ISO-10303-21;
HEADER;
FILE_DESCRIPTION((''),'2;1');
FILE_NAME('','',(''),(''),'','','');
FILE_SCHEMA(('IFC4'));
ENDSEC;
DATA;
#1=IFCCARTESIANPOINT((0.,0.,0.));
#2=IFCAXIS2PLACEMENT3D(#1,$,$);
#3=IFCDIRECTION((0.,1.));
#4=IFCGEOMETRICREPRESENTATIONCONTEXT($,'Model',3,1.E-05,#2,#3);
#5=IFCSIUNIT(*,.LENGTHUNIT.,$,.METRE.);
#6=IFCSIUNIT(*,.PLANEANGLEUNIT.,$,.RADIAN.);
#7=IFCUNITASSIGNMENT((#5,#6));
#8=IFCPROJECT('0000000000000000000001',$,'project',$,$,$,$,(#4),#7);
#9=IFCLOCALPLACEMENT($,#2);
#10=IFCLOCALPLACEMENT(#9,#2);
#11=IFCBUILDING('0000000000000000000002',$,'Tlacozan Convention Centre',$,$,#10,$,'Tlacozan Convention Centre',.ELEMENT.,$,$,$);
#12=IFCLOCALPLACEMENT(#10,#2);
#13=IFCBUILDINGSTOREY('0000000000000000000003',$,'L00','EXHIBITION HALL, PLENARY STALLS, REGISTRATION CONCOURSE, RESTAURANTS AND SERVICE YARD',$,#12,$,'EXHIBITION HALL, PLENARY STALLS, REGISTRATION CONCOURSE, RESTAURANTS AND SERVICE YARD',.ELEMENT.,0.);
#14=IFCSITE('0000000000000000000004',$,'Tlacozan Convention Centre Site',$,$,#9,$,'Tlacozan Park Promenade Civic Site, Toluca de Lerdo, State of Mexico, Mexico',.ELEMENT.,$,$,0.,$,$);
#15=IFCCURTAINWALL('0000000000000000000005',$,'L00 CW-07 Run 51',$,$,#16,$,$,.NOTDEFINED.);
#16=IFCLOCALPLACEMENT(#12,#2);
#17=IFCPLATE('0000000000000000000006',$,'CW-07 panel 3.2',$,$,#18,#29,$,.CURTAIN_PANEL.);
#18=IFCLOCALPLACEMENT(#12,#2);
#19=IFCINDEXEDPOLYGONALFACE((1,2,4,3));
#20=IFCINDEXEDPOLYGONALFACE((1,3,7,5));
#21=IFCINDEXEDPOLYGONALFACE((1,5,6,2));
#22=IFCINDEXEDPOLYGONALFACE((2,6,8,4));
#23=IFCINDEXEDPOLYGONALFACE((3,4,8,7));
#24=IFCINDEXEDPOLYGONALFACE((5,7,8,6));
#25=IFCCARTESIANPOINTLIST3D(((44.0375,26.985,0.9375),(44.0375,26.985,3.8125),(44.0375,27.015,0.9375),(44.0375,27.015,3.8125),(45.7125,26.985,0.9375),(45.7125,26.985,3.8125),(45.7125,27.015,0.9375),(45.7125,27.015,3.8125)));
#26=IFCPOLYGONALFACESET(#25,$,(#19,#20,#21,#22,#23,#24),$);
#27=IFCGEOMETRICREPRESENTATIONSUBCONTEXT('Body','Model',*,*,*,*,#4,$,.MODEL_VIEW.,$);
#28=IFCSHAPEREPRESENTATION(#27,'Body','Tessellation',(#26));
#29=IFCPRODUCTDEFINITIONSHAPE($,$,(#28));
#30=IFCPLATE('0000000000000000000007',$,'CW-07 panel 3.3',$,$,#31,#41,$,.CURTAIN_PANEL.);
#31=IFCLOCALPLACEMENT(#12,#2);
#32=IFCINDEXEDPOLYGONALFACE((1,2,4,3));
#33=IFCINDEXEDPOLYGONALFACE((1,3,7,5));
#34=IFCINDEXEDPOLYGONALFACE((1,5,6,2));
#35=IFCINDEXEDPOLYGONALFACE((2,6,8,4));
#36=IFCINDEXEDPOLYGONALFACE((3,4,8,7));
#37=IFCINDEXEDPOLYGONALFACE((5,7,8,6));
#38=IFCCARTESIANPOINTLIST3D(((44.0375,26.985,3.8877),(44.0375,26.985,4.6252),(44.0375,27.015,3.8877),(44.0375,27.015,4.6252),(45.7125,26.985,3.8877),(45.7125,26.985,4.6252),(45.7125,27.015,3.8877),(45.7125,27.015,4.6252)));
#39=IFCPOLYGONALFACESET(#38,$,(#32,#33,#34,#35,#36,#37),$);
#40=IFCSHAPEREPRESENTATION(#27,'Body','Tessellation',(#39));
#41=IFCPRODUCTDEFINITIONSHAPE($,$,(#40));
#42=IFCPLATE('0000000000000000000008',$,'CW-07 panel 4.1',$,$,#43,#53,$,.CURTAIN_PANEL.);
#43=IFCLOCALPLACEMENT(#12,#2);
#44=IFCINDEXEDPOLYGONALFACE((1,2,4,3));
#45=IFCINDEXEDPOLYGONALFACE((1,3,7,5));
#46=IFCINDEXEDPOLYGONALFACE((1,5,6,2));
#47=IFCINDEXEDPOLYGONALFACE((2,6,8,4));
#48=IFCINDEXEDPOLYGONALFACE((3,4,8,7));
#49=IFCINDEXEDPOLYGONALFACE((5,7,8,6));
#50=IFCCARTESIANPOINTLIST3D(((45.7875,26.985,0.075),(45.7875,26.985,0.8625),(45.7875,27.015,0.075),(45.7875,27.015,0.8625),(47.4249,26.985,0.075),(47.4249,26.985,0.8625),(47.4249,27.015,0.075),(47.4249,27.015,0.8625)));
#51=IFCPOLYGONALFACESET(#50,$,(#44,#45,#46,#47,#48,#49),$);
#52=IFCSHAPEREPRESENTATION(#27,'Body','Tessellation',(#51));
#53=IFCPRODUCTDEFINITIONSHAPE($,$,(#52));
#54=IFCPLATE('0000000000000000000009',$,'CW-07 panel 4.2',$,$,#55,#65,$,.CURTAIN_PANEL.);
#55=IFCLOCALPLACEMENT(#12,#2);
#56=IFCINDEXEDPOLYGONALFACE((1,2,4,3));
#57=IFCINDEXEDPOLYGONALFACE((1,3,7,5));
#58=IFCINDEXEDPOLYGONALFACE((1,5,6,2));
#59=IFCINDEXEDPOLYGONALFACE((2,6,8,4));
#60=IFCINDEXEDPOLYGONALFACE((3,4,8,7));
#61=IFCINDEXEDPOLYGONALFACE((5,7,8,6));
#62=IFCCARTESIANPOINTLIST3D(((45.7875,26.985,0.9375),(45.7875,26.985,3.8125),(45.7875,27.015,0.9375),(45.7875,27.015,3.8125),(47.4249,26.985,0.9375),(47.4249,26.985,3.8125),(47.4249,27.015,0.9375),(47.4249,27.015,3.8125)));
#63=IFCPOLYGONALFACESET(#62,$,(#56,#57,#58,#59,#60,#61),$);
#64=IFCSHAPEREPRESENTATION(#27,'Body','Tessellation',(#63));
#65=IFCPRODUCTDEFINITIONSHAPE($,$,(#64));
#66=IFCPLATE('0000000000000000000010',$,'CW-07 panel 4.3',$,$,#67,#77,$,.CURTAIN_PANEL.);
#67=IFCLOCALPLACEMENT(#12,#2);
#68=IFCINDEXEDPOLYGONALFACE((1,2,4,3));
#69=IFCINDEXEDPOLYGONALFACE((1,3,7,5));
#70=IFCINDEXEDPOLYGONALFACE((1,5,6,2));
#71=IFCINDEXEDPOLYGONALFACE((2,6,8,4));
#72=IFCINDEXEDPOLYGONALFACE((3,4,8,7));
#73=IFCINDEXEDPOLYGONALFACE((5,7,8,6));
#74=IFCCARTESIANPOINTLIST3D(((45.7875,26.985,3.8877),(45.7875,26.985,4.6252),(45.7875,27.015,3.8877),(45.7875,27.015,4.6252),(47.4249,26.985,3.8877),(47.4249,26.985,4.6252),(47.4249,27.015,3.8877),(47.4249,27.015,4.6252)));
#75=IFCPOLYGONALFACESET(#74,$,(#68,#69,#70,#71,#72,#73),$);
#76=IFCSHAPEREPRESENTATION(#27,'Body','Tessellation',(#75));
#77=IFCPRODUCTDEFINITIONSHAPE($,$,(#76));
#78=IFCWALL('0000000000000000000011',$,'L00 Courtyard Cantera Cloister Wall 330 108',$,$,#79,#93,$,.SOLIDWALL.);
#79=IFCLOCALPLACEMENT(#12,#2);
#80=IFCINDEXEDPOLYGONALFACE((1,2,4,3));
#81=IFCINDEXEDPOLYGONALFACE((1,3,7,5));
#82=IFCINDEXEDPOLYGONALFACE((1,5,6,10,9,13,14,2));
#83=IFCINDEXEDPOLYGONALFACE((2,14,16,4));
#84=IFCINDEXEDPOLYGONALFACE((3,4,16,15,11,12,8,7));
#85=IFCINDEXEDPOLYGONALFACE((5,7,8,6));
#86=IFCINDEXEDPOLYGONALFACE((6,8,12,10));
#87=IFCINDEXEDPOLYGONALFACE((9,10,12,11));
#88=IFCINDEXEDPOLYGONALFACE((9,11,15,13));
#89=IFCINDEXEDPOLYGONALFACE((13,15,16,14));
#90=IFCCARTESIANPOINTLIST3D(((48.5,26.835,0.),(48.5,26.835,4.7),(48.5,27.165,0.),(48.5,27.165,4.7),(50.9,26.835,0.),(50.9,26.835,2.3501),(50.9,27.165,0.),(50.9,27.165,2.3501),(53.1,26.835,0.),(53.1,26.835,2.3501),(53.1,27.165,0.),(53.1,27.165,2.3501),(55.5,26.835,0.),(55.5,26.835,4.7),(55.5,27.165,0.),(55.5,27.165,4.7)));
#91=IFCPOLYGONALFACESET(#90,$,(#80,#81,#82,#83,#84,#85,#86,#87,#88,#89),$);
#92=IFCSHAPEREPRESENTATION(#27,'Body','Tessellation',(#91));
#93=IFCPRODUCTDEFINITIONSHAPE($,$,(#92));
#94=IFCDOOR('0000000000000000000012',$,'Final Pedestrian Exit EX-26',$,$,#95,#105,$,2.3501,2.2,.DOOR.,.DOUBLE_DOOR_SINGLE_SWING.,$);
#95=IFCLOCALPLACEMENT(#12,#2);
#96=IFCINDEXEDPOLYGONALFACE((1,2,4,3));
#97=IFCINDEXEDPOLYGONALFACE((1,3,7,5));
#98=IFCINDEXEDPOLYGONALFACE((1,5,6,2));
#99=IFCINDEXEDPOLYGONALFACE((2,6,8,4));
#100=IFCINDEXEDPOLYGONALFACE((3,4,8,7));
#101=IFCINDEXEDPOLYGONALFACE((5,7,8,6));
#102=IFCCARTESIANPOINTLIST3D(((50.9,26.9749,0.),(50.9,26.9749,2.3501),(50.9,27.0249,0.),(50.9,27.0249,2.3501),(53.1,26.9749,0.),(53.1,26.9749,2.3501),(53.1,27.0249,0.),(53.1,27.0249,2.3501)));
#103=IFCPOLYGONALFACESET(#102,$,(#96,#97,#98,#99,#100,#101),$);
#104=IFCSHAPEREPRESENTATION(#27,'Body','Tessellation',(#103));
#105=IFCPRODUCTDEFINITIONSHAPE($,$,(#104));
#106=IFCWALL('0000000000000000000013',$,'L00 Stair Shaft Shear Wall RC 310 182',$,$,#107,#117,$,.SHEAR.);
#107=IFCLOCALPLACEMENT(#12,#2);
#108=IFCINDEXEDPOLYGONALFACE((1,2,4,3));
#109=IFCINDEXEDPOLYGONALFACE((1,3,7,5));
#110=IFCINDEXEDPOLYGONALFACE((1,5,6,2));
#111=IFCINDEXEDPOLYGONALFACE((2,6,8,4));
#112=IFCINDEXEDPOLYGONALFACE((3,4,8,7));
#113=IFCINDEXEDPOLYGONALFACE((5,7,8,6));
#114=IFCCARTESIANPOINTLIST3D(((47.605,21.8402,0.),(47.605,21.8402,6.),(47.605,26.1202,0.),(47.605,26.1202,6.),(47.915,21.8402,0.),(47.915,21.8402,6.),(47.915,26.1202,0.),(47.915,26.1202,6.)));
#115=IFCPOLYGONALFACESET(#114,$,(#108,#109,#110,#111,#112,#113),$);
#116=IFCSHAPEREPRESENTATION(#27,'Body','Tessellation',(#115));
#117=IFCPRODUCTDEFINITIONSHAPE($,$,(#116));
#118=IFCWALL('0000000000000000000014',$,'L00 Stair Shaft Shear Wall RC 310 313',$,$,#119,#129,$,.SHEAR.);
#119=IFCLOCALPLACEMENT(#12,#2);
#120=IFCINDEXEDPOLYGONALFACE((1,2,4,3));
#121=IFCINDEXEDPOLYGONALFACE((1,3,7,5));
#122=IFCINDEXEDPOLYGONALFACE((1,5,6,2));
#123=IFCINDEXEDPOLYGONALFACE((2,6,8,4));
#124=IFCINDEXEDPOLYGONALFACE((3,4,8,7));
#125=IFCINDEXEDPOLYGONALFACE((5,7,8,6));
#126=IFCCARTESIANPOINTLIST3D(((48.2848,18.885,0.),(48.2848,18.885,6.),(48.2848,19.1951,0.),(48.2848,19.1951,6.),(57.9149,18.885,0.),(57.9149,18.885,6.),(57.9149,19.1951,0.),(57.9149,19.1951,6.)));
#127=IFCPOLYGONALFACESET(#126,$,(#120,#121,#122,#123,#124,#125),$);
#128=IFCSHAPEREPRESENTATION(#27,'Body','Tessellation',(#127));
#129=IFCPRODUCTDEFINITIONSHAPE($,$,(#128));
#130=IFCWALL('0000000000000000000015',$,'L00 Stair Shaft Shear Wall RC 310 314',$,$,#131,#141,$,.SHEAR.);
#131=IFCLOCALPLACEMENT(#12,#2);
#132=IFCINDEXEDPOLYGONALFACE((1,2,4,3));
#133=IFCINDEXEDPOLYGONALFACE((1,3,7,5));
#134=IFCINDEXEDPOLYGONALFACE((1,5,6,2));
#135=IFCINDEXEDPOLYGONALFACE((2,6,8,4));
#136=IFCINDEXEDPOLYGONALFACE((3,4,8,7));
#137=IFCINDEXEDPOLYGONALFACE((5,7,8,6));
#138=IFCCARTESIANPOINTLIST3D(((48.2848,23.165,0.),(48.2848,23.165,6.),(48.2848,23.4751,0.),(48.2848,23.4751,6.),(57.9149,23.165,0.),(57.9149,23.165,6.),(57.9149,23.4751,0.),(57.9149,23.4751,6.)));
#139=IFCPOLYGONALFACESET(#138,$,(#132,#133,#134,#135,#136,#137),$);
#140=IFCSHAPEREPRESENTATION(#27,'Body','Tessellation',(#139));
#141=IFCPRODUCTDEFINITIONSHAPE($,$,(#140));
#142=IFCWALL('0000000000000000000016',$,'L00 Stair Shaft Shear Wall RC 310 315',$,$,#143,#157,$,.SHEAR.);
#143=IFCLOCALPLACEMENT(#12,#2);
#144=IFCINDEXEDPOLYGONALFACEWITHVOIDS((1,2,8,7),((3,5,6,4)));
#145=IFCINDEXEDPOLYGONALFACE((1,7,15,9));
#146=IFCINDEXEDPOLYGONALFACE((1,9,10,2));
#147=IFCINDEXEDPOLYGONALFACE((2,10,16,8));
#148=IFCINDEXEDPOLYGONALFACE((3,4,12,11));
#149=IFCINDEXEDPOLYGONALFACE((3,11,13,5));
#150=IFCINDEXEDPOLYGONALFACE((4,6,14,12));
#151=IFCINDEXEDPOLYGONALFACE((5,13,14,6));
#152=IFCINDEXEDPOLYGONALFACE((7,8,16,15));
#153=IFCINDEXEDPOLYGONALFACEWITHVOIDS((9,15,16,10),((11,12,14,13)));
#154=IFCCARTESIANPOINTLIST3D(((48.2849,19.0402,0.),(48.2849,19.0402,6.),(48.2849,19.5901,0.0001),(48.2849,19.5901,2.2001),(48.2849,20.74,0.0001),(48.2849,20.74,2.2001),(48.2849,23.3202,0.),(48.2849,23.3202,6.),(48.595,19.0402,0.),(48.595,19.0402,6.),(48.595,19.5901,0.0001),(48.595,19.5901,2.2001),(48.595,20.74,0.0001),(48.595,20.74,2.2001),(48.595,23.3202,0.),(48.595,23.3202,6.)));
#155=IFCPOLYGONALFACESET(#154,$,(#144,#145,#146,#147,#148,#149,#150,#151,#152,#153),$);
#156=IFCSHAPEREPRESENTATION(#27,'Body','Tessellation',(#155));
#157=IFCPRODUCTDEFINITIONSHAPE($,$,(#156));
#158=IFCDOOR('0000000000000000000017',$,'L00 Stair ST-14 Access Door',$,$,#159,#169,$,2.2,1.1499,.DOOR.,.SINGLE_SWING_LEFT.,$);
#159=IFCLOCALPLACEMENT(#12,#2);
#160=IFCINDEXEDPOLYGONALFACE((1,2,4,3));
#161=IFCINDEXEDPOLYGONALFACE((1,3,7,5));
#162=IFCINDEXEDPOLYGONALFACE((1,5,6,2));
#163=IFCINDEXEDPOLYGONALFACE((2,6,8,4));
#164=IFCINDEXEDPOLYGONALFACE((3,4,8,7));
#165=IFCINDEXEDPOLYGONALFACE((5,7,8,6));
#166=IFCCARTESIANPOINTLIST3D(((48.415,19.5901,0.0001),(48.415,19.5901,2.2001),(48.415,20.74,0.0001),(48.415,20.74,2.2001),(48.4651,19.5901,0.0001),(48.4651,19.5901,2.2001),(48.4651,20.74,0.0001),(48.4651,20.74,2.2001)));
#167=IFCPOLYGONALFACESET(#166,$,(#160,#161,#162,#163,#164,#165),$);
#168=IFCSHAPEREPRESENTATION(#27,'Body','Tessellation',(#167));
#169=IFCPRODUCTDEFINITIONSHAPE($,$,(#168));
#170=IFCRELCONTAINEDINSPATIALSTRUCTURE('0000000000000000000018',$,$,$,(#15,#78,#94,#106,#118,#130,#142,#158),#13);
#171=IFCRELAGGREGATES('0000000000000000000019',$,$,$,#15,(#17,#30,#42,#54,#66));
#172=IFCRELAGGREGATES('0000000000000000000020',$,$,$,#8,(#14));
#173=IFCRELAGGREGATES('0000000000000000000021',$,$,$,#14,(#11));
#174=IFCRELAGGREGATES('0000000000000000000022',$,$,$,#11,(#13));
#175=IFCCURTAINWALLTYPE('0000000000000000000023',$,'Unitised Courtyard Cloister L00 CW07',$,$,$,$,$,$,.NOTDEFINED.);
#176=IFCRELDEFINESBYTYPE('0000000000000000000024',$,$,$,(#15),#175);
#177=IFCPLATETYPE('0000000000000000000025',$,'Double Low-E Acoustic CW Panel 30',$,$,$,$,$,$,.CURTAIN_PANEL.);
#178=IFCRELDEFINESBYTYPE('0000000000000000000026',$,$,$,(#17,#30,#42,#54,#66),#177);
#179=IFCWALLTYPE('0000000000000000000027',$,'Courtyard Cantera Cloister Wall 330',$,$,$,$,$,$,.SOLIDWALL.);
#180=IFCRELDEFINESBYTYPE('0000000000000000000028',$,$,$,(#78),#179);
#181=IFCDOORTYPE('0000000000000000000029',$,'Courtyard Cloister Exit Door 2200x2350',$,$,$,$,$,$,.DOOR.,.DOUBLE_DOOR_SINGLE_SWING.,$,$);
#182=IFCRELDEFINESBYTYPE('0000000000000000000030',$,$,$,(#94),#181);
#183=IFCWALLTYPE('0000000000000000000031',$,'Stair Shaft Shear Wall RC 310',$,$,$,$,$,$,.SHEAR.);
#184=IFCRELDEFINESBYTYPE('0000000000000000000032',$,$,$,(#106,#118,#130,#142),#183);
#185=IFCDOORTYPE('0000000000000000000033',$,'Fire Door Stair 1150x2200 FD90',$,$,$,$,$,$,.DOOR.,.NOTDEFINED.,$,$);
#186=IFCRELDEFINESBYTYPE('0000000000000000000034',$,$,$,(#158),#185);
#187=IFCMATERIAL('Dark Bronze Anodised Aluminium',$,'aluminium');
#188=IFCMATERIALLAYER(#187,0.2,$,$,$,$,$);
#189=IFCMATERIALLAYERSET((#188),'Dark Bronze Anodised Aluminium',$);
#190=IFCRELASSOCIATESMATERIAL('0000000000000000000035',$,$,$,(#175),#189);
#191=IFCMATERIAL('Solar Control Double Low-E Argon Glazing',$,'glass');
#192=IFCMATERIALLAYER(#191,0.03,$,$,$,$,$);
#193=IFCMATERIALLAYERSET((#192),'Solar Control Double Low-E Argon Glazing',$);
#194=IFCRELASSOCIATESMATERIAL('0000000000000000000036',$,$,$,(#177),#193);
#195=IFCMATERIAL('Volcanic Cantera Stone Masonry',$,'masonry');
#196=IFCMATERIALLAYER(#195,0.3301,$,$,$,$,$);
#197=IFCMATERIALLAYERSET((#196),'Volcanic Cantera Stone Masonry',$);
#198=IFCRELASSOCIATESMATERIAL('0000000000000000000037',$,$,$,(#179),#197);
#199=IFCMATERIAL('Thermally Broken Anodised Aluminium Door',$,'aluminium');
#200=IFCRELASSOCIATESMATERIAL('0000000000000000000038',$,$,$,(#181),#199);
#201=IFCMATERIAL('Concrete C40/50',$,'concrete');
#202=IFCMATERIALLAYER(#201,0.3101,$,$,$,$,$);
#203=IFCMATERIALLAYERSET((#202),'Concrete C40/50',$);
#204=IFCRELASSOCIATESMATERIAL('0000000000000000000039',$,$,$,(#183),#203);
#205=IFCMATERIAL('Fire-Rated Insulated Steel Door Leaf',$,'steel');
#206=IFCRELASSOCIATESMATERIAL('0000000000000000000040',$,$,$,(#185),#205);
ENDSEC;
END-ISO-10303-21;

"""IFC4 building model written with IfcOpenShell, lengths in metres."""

from ifc_helpers import new_model, si_unit, direction, frame, frame_2d, origin, origin_2d, place, context, subcontext, project, spatial, rectangle, extrude, material, layer, layer_set, type_object, element, fill, aggregate, save


model = new_model("IFC4")

# Units and contexts
model_context = context("Model", 3, precision=1e-05, world=origin(), true_north=direction((0.0, 1.0)))
body_context = subcontext(model_context, "Body", "Model", "MODEL_VIEW")
ifc_project = project(units=[si_unit("LENGTHUNIT", "METRE"), si_unit("PLANEANGLEUNIT", "RADIAN")], contexts=[model_context])

# Site, building, storey
site_placement = place(None, origin())
site = spatial("IfcSite", under=ifc_project, at=site_placement, Name="Tlacozan Convention Centre Site", LongName="Tlacozan Park Promenade Civic Site, Toluca de Lerdo, State of Mexico, Mexico", CompositionType="ELEMENT", RefElevation=0.0)
building_placement = place(site_placement, origin())
building = spatial("IfcBuilding", under=site, at=building_placement, Name="Tlacozan Convention Centre", LongName="Tlacozan Convention Centre", CompositionType="ELEMENT")
storey_placement = place(building_placement, origin())
storey = spatial("IfcBuildingStorey", under=building, at=storey_placement, Name="L00", Description="EXHIBITION HALL, PLENARY STALLS, REGISTRATION CONCOURSE, RESTAURANTS AND SERVICE YARD", LongName="EXHIBITION HALL, PLENARY STALLS, REGISTRATION CONCOURSE, RESTAURANTS AND SERVICE YARD", CompositionType="ELEMENT", Elevation=0.0)

# Shared definitions
ifc_material_1 = material(Name="Concrete C40/50", Category="concrete")

# Curtain wall
ifc_material_2 = material(Name="Dark Bronze Anodised Aluminium", Category="aluminium")
ifc_layer_1 = layer(ifc_material_2, 0.2)
ifc_layer_set_1 = layer_set([ifc_layer_1], Name="Dark Bronze Anodised Aluminium")
curtain_wall_type = type_object("IfcCurtainWallType", Name="Unitised Courtyard Cloister L00 CW07", PredefinedType="NOTDEFINED", material=ifc_layer_set_1)
curtain_wall_placement = place(storey_placement, origin())
curtain_wall = element("IfcCurtainWall", 1, at=curtain_wall_placement, inside=storey, type_object=curtain_wall_type, Name="L00 CW-07 Run 51", PredefinedType="NOTDEFINED")

# Plates
ifc_material_3 = material(Name="Solar Control Double Low-E Argon Glazing", Category="glass")
ifc_layer_2 = layer(ifc_material_3, 0.03)
ifc_layer_set_2 = layer_set([ifc_layer_2], Name="Solar Control Double Low-E Argon Glazing")
plate_type = type_object("IfcPlateType", Name="Double Low-E Acoustic CW Panel 30", PredefinedType="CURTAIN_PANEL", material=ifc_layer_set_2)
plate_1_placement = place(storey_placement, frame((44.875, 27.0, 0.9375), z_axis=(0.0, 0.0, 1.0), x_axis=(1.0, 0.0, 0.0)))
plate_1 = element("IfcPlate", 2, at=plate_1_placement, type_object=plate_type, Name="CW-07 panel 3.2", PredefinedType="CURTAIN_PANEL", context=body_context, shape_type="SweptSolid", body=[
    extrude(rectangle(XDim=1.675, YDim=0.03, at=origin_2d()), origin(), (0.0, 0.0, 1.0), 2.875),
])
plate_2_placement = place(storey_placement, frame((44.875, 27.0, 3.8877), z_axis=(0.0, 0.0, 1.0), x_axis=(1.0, 0.0, 0.0)))
plate_2 = element("IfcPlate", 3, at=plate_2_placement, type_object=plate_type, Name="CW-07 panel 3.3", PredefinedType="CURTAIN_PANEL", context=body_context, shape_type="SweptSolid", body=[
    extrude(rectangle(XDim=1.675, YDim=0.03, at=origin_2d()), origin(), (0.0, 0.0, 1.0), 0.7375),
])
plate_3_placement = place(storey_placement, frame((46.6062, 27.0, 0.075), z_axis=(0.0, 0.0, 1.0), x_axis=(1.0, 0.0, 0.0)))
plate_3 = element("IfcPlate", 4, at=plate_3_placement, type_object=plate_type, Name="CW-07 panel 4.1", PredefinedType="CURTAIN_PANEL", context=body_context, shape_type="SweptSolid", body=[
    extrude(rectangle(XDim=1.6375, YDim=0.03, at=origin_2d()), origin(), (0.0, 0.0, 1.0), 0.7876),
])
plate_4_placement = place(storey_placement, frame((46.6062, 27.0, 0.9375), z_axis=(0.0, 0.0, 1.0), x_axis=(1.0, 0.0, 0.0)))
plate_4 = element("IfcPlate", 5, at=plate_4_placement, type_object=plate_type, Name="CW-07 panel 4.2", PredefinedType="CURTAIN_PANEL", context=body_context, shape_type="SweptSolid", body=[
    extrude(rectangle(XDim=1.6375, YDim=0.03, at=origin_2d()), origin(), (0.0, 0.0, 1.0), 2.875),
])
plate_5_placement = place(storey_placement, frame((46.6062, 27.0, 3.8877), z_axis=(0.0, 0.0, 1.0), x_axis=(1.0, 0.0, 0.0)))
plate_5 = element("IfcPlate", 6, at=plate_5_placement, type_object=plate_type, Name="CW-07 panel 4.3", PredefinedType="CURTAIN_PANEL", context=body_context, shape_type="SweptSolid", body=[
    extrude(rectangle(XDim=1.6375, YDim=0.03, at=origin_2d()), origin(), (0.0, 0.0, 1.0), 0.7375),
])
aggregate(curtain_wall, [plate_1, plate_2, plate_3, plate_4, plate_5])

# Wall, opening, door
ifc_material_4 = material(Name="Volcanic Cantera Stone Masonry", Category="masonry")
ifc_layer_3 = layer(ifc_material_4, 0.3301)
ifc_layer_set_3 = layer_set([ifc_layer_3], Name="Volcanic Cantera Stone Masonry")
wall_type_1 = type_object("IfcWallType", Name="Courtyard Cantera Cloister Wall 330", PredefinedType="SOLIDWALL", material=ifc_layer_set_3)
wall_1_placement = place(storey_placement, frame((48.5, 27.0, 0.0), z_axis=(0.0, 0.0, 1.0), x_axis=(1.0, 0.0, 0.0)))
wall_1 = element("IfcWall", 7, at=wall_1_placement, inside=storey, type_object=wall_type_1, Name="L00 Courtyard Cantera Cloister Wall 330 108", PredefinedType="SOLIDWALL", context=body_context, shape_type="SweptSolid", body=[
    extrude(rectangle(XDim=7.0, YDim=0.3301, at=frame_2d((3.5, 0.0))), origin(), (0.0, 0.0, 1.0), 4.7),
])
opening_1_placement = place(wall_1_placement, frame((2.3999, 0.0, 0.0)))
opening_1 = element("IfcOpeningElement", 8, at=opening_1_placement, cuts=wall_1, PredefinedType="OPENING", context=body_context, shape_type="SweptSolid", body=[
    extrude(rectangle(XDim=2.2, YDim=2.3501, at=frame_2d((1.1001, 1.175))), frame((0.0, 0.175, 0.0), z_axis=(0.0, -1.0, 0.0), x_axis=(1.0, 0.0, 0.0)), (0.0, 0.0, 1.0), 0.3501),
])
ifc_material_5 = material(Name="Thermally Broken Anodised Aluminium Door", Category="aluminium")
door_type_1 = type_object("IfcDoorType", Name="Courtyard Cloister Exit Door 2200x2350", OperationType="DOUBLE_DOOR_SINGLE_SWING", PredefinedType="DOOR", material=ifc_material_5)
door_1_placement = place(opening_1_placement, origin())
door_1 = element("IfcDoor", 9, at=door_1_placement, inside=storey, type_object=door_type_1, Name="Final Pedestrian Exit EX-26", OperationType="DOUBLE_DOOR_SINGLE_SWING", OverallHeight=2.3501, OverallWidth=2.2, PredefinedType="DOOR", context=body_context, shape_type="SweptSolid", body=[
    extrude(rectangle(XDim=2.2, YDim=2.3501, at=frame_2d((1.1001, 1.175))), frame((0.0, 0.0249, 0.0), z_axis=(0.0, -1.0, 0.0), x_axis=(1.0, 0.0, 0.0)), (0.0, 0.0, 1.0), 0.05),
])
fill(opening_1, door_1)

# Walls
ifc_layer_4 = layer(ifc_material_1, 0.3101)
ifc_layer_set_4 = layer_set([ifc_layer_4], Name="Concrete C40/50")
wall_type_2 = type_object("IfcWallType", Name="Stair Shaft Shear Wall RC 310", PredefinedType="SHEAR", material=ifc_layer_set_4)
wall_2_placement = place(storey_placement, frame((47.76, 21.8401, 0.0), z_axis=(0.0, 0.0, 1.0), x_axis=(0.0, 1.0, 0.0)))
element("IfcWall", 10, at=wall_2_placement, inside=storey, type_object=wall_type_2, Name="L00 Stair Shaft Shear Wall RC 310 182", PredefinedType="SHEAR", context=body_context, shape_type="SweptSolid", body=[
    extrude(rectangle(XDim=4.28, YDim=0.3101, at=frame_2d((2.1401, 0.0))), origin(), (0.0, 0.0, 1.0), 6.0),
])
for number, where, z_axis, x_axis, name in (
    (11, (48.2849, 19.04, 0.0), (0.0, 0.0, 1.0), (1.0, 0.0, 0.0), "L00 Stair Shaft Shear Wall RC 310 313"),
    (12, (48.2849, 23.3201, 0.0), (0.0, 0.0, 1.0), (1.0, 0.0, 0.0), "L00 Stair Shaft Shear Wall RC 310 314"),
):
    element("IfcWall", number, at=place(storey_placement, frame(where, z_axis=z_axis, x_axis=x_axis)), inside=storey, type_object=wall_type_2, Name=name, PredefinedType="SHEAR", context=body_context, shape_type="SweptSolid", body=[
        extrude(rectangle(XDim=9.6301, YDim=0.3101, at=frame_2d((4.8149, 0.0))), origin(), (0.0, 0.0, 1.0), 6.0),
    ])

# Wall, opening, door
wall_3_placement = place(storey_placement, frame((48.4399, 19.04, 0.0), z_axis=(0.0, 0.0, 1.0), x_axis=(0.0, 1.0, 0.0)))
wall_3 = element("IfcWall", 13, at=wall_3_placement, inside=storey, type_object=wall_type_2, Name="L00 Stair Shaft Shear Wall RC 310 315", PredefinedType="SHEAR", context=body_context, shape_type="SweptSolid", body=[
    extrude(rectangle(XDim=4.28, YDim=0.3101, at=frame_2d((2.1401, 0.0))), origin(), (0.0, 0.0, 1.0), 6.0),
])
opening_2_placement = place(wall_3_placement, frame((0.55, 0.0, 0.0)))
opening_2 = element("IfcOpeningElement", 14, at=opening_2_placement, cuts=wall_3, PredefinedType="OPENING", context=body_context, shape_type="SweptSolid", body=[
    extrude(rectangle(XDim=1.1499, YDim=2.2, at=frame_2d((0.575, 1.1001))), frame((0.0, 0.165, 0.0), z_axis=(0.0, -1.0, 0.0), x_axis=(1.0, 0.0, 0.0)), (0.0, 0.0, 1.0), 0.3301),
])
ifc_material_6 = material(Name="Fire-Rated Insulated Steel Door Leaf", Category="steel")
door_type_2 = type_object("IfcDoorType", Name="Fire Door Stair 1150x2200 FD90", OperationType="NOTDEFINED", PredefinedType="DOOR", material=ifc_material_6)
door_2_placement = place(opening_2_placement, origin())
door_2 = element("IfcDoor", 15, at=door_2_placement, inside=storey, type_object=door_type_2, Name="L00 Stair ST-14 Access Door", OperationType="SINGLE_SWING_LEFT", OverallHeight=2.2, OverallWidth=1.1499, PredefinedType="DOOR", context=body_context, shape_type="SweptSolid", body=[
    extrude(rectangle(XDim=1.1499, YDim=2.2, at=frame_2d((0.575, 1.1001))), frame((0.0, 0.0249, 0.0), z_axis=(0.0, -1.0, 0.0), x_axis=(1.0, 0.0, 0.0)), (0.0, 0.0, 1.0), 0.05),
])
fill(opening_2, door_2)

save(model, "model.ifc")
